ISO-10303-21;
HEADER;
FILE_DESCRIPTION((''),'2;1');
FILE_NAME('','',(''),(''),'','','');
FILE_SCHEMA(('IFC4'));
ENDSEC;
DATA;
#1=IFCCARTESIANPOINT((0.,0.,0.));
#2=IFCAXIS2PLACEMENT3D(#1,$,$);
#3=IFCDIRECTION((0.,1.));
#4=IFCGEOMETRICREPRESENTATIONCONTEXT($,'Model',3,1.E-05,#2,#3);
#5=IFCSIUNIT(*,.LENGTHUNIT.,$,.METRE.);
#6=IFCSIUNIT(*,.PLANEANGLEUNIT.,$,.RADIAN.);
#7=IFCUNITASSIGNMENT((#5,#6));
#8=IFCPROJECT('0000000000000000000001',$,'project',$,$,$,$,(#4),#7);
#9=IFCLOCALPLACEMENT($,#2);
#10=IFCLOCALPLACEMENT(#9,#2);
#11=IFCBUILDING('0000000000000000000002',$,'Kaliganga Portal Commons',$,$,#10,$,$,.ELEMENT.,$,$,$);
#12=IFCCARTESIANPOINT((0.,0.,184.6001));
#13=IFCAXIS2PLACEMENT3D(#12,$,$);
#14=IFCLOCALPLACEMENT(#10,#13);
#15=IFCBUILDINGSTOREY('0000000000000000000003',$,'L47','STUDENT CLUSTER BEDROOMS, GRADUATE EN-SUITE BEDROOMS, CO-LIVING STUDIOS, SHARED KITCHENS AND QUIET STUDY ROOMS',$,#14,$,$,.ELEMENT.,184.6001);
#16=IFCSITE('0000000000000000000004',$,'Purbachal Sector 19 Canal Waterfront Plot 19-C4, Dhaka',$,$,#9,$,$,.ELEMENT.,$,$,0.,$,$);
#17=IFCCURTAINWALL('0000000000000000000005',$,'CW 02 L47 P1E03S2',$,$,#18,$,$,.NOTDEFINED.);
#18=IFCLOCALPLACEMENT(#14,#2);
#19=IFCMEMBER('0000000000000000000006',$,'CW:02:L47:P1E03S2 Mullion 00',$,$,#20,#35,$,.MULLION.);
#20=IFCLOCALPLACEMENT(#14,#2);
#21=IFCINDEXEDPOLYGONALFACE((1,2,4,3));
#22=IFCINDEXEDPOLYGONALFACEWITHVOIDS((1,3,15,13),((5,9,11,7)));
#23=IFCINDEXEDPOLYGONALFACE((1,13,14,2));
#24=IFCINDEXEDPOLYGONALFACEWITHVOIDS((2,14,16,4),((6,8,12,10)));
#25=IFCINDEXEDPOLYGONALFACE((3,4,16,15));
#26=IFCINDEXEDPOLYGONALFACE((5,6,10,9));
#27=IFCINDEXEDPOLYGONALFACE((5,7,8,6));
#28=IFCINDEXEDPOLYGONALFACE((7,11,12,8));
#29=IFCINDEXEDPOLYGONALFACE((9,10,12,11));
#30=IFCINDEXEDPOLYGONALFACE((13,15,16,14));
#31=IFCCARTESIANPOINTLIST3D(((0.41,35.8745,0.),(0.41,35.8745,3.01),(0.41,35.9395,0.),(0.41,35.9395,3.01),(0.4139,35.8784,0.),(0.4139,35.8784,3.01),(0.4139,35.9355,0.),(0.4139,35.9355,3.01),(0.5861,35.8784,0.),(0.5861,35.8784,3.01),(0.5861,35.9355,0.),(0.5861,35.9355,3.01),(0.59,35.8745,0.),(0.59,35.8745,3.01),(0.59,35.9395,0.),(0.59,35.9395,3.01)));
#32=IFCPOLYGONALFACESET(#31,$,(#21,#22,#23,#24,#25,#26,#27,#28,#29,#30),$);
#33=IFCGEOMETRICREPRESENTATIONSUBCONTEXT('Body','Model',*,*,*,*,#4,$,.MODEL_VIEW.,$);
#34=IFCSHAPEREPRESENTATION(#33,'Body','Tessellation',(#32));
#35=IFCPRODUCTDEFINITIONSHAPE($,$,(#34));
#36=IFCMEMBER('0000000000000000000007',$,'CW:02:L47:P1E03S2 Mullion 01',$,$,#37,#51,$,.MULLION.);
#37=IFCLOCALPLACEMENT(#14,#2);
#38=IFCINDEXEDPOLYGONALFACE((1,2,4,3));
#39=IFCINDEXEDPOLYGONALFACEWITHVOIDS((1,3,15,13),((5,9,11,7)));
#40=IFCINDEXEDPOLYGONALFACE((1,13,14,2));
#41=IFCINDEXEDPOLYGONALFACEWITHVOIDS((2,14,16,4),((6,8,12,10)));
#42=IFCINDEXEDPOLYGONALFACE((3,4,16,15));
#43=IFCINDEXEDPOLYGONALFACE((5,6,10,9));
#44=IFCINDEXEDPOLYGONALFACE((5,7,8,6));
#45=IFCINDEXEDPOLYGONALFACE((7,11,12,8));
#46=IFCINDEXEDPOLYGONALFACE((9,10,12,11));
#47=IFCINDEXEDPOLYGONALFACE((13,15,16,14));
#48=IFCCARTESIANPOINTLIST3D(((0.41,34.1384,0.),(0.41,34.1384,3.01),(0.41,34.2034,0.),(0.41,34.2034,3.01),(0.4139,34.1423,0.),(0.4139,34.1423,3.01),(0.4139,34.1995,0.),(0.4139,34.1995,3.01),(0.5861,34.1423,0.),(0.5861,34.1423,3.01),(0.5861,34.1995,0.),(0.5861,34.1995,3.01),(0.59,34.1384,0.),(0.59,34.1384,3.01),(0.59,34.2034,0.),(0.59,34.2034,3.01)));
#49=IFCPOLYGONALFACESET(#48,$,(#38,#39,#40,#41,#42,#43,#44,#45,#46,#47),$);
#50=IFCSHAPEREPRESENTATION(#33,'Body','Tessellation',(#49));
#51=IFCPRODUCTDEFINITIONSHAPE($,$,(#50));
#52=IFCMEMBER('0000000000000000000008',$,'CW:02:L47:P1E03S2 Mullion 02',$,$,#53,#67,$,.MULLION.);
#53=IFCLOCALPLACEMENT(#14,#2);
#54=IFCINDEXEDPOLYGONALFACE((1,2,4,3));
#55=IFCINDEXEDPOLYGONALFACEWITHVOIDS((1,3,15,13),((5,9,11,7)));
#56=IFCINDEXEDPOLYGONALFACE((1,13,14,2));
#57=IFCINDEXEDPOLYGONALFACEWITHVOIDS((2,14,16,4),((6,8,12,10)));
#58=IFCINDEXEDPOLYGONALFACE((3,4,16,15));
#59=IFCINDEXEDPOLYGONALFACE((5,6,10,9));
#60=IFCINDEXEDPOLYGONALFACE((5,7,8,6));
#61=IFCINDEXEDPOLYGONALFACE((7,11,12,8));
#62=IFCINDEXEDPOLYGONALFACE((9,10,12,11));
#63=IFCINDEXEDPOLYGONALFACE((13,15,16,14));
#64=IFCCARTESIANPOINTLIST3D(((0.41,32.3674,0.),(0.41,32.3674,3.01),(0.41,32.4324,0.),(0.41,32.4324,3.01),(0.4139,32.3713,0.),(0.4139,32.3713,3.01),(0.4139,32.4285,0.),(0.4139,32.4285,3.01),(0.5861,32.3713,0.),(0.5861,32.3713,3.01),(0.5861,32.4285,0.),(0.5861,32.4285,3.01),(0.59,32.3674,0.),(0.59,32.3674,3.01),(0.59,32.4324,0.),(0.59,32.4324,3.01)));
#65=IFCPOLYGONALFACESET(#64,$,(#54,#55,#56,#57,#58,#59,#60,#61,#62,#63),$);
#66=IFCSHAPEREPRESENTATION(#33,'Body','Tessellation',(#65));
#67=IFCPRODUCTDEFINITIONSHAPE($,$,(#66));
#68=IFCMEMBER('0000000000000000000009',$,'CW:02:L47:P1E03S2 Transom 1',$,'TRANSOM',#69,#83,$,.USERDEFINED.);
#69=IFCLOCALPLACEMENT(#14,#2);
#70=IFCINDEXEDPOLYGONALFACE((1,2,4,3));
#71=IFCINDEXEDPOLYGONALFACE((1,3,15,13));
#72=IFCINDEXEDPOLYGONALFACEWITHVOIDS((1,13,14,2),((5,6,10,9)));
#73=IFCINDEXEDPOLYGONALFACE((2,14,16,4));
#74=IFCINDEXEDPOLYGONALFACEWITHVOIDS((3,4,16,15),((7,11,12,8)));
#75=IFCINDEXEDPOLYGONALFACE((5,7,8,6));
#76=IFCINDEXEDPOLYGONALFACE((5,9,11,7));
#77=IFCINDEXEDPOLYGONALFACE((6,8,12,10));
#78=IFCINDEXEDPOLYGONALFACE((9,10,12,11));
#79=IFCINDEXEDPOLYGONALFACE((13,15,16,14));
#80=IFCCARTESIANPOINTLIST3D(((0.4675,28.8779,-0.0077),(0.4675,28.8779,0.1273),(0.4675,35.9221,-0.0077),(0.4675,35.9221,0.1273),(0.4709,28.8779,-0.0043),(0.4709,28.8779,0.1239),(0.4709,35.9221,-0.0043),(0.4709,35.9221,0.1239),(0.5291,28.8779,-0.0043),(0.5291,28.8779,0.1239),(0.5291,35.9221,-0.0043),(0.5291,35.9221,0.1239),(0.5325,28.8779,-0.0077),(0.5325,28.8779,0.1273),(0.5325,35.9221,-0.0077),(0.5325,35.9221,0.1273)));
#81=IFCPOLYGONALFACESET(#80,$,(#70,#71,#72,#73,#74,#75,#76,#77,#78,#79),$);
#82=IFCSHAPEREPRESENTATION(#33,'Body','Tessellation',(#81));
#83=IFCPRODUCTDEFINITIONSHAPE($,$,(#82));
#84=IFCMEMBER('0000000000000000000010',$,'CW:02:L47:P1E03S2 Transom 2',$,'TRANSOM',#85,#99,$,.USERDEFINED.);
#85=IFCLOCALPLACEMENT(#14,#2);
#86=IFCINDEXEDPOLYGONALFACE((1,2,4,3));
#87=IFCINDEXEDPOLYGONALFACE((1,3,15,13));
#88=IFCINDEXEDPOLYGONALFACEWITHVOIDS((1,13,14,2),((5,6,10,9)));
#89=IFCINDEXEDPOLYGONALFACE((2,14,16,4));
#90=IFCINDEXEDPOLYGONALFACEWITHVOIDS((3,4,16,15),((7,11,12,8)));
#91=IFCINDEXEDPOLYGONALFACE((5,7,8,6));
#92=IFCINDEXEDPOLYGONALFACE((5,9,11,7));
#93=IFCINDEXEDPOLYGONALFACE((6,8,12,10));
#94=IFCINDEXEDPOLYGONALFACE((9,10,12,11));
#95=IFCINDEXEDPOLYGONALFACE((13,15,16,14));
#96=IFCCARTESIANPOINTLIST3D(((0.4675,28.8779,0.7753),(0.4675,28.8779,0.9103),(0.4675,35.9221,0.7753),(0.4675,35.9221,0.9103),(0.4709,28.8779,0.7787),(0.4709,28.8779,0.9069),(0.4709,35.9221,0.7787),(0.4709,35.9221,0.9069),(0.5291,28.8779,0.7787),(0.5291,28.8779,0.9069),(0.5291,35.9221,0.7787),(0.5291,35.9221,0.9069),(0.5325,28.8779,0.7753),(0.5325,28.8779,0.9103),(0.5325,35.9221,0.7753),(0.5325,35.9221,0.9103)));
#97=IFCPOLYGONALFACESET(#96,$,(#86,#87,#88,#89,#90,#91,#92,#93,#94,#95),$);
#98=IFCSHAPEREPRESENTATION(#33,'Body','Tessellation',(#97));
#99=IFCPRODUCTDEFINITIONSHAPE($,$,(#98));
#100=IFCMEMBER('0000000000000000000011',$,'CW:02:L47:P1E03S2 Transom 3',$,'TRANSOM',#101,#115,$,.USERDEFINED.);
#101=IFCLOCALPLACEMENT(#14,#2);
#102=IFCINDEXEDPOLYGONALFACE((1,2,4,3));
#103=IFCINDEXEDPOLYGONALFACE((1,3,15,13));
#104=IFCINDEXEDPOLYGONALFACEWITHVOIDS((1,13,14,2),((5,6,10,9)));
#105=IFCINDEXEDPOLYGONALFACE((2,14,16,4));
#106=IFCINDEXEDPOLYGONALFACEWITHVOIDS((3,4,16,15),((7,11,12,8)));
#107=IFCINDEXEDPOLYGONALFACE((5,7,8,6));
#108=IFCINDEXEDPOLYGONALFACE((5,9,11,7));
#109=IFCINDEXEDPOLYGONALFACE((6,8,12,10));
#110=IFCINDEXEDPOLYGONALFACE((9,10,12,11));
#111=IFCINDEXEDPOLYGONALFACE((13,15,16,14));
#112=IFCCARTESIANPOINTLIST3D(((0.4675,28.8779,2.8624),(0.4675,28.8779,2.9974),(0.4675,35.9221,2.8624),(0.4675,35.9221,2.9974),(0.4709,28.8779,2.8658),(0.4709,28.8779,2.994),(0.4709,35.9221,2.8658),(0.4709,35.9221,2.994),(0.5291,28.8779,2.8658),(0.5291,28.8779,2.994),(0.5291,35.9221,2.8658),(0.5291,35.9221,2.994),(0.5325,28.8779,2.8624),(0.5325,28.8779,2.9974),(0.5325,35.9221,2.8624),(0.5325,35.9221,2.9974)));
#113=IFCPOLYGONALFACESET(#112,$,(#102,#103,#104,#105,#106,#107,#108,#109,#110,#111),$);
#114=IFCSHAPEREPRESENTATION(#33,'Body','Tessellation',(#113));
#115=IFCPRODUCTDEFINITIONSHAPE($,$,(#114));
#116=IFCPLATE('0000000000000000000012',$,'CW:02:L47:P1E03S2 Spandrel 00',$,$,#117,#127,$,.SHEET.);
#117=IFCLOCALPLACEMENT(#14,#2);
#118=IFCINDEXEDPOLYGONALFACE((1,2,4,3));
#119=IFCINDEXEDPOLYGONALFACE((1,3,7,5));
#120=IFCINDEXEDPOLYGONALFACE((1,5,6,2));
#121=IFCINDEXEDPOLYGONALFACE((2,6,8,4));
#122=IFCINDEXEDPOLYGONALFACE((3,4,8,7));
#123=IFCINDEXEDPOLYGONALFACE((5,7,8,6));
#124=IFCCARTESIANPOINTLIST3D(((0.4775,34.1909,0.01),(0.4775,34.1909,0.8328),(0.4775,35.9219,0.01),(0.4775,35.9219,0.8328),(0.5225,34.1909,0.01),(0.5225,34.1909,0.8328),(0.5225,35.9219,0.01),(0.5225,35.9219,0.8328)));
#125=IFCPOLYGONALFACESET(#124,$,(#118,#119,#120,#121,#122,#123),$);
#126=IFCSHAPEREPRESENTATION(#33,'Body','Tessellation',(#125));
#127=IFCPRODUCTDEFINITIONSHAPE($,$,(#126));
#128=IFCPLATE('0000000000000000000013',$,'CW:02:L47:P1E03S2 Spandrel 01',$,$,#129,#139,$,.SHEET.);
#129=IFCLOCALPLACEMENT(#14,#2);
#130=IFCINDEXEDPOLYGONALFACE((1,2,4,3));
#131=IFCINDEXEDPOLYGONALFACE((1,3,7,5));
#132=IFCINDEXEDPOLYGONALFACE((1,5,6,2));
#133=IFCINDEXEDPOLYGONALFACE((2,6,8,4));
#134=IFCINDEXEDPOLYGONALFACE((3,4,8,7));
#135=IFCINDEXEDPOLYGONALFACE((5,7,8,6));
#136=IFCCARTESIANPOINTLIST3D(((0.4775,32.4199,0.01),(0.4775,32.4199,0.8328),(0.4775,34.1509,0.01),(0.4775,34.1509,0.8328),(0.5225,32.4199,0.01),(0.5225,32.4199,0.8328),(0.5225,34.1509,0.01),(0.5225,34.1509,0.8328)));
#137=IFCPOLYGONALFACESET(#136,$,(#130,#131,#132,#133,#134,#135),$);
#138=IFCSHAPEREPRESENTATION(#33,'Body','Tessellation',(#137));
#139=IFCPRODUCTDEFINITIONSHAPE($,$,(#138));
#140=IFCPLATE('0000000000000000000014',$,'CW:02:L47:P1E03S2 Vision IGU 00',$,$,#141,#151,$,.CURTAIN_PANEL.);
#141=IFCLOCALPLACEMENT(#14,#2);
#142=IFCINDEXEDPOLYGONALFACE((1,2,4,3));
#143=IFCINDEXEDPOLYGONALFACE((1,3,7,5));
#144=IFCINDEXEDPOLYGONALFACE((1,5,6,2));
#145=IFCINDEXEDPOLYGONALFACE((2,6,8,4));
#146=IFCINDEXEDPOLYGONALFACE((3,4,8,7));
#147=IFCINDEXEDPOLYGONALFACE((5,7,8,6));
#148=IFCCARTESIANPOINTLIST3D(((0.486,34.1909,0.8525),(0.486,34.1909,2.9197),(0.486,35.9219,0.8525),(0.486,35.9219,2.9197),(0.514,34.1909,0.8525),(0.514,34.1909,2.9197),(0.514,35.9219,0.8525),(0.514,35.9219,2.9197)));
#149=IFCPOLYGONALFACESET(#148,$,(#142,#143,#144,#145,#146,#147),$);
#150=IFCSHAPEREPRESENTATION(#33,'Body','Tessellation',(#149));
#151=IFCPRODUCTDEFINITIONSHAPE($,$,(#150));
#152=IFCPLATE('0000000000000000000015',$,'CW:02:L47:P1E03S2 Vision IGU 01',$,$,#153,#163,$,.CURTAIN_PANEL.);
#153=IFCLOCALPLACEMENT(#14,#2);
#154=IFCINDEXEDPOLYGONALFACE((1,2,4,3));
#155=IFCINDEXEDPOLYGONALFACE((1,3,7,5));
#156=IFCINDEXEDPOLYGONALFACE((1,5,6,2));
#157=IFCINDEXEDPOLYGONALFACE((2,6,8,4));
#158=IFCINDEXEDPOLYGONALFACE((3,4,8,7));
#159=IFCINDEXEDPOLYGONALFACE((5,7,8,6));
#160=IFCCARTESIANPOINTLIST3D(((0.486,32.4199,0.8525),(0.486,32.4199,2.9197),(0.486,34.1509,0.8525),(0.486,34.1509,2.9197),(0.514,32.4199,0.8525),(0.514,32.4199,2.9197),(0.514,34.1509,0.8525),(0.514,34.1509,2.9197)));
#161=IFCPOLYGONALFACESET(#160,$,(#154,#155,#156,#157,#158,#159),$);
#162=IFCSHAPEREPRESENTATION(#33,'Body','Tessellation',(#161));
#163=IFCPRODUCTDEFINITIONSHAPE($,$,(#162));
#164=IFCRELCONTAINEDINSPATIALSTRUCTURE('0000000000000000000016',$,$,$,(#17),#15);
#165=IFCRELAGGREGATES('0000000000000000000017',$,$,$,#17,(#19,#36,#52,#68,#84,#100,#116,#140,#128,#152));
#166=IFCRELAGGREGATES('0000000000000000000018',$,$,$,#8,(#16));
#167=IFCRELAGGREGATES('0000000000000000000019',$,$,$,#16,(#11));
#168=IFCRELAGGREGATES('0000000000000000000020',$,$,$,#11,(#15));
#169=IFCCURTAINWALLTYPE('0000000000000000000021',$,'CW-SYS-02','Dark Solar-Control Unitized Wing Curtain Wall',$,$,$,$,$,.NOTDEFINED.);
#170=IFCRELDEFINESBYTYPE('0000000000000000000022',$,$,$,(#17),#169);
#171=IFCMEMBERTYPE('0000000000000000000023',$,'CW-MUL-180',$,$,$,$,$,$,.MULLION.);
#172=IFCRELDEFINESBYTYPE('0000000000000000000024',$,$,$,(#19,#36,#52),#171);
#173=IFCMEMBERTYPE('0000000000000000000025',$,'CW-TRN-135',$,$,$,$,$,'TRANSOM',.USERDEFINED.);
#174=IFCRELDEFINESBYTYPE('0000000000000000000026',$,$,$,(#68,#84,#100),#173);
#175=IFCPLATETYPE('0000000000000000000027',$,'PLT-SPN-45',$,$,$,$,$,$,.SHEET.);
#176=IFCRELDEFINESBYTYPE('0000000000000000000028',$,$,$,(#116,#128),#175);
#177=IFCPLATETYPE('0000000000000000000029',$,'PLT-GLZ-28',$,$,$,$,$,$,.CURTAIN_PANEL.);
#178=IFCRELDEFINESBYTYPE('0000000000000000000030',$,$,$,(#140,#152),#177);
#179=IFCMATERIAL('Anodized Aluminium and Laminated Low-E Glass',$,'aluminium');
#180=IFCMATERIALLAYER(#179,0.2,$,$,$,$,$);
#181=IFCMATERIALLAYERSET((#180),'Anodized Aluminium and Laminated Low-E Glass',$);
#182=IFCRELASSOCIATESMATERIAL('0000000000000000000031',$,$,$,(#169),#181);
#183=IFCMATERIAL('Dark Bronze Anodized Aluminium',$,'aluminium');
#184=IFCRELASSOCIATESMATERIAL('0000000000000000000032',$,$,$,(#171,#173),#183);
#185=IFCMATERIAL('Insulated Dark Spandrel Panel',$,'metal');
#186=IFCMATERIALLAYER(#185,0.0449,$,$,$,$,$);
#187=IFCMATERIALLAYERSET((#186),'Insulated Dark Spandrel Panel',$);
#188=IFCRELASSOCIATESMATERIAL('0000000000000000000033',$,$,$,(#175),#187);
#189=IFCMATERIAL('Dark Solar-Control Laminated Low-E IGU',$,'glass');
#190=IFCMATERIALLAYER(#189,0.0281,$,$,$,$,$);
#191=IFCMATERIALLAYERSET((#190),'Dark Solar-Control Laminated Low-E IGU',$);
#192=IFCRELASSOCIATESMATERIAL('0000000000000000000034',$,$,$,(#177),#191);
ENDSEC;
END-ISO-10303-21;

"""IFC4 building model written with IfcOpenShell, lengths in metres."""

from ifc_helpers import new_model, si_unit, direction, frame, origin, origin_2d, place, context, subcontext, project, spatial, rectangle, hollow_rectangle, extrude, source, transform, mapped, material, layer, layer_set, material_profile, profile_set, type_object, element, aggregate, save


model = new_model("IFC4")

# Units and contexts
model_context = context("Model", 3, precision=1e-05, world=origin(), true_north=direction((0.0, 1.0)))
body_context = subcontext(model_context, "Body", "Model", "MODEL_VIEW")
ifc_project = project(units=[si_unit("LENGTHUNIT", "METRE"), si_unit("PLANEANGLEUNIT", "RADIAN")], contexts=[model_context])

# Site, building, storey
site_placement = place(None, origin())
site = spatial("IfcSite", under=ifc_project, at=site_placement, Name="Purbachal Sector 19 Canal Waterfront Plot 19-C4, Dhaka", CompositionType="ELEMENT", RefElevation=0.0)
building_placement = place(site_placement, origin())
building = spatial("IfcBuilding", under=site, at=building_placement, Name="Kaliganga Portal Commons", CompositionType="ELEMENT")
storey_placement = place(building_placement, frame((0.0, 0.0, 184.6001)))
storey = spatial("IfcBuildingStorey", under=building, at=storey_placement, Name="L47", Description="STUDENT CLUSTER BEDROOMS, GRADUATE EN-SUITE BEDROOMS, CO-LIVING STUDIOS, SHARED KITCHENS AND QUIET STUDY ROOMS", CompositionType="ELEMENT", Elevation=184.6001)

# Shared definitions
ifc_material_1 = material(Name="Anodized Aluminium and Laminated Low-E Glass", Category="aluminium")
ifc_layer_1 = layer(ifc_material_1, 0.2)
ifc_layer_set_1 = layer_set([ifc_layer_1], Name="Anodized Aluminium and Laminated Low-E Glass")
curtain_wall_type = type_object("IfcCurtainWallType", Name="CW-SYS-02", Description="Dark Solar-Control Unitized Wing Curtain Wall", PredefinedType="NOTDEFINED", material=ifc_layer_set_1)
ifc_material_2 = material(Name="Dark Bronze Anodized Aluminium", Category="aluminium")
ifc_material_profile_1 = material_profile(ifc_material_2, hollow_rectangle(XDim=0.0649, YDim=0.1799, WallThickness=0.0039, at=origin_2d()), Name="ALU MULL 65x180x4")
ifc_profile_set_1 = profile_set([ifc_material_profile_1], Name="Dark Bronze Anodized Aluminium")
member_type_1 = type_object("IfcMemberType", Name="CW-MUL-180", PredefinedType="MULLION", material=ifc_profile_set_1)

# Curtain wall, members, plates
curtain_wall_1_placement = place(storey_placement, origin())
curtain_wall_1 = element("IfcCurtainWall", 1, at=curtain_wall_1_placement, inside=storey, type_object=curtain_wall_type, Name="CW 02 L47 P1E03S2", PredefinedType="NOTDEFINED")
shared_shape_1 = source(origin(), body_context, "Body", "SweptSolid", [
    extrude(hollow_rectangle(XDim=0.0649, YDim=0.1799, WallThickness=0.0039, at=origin_2d()), origin(), (0.0, 0.0, 1.0), 3.01),
])
member_1_placement = place(storey_placement, frame((0.5, 35.907, 0.0), z_axis=(0.0, 0.0, 1.0), x_axis=(0.0, -1.0, 0.0)))
member_1 = element("IfcMember", 2, at=member_1_placement, type_object=member_type_1, Name="CW:02:L47:P1E03S2 Mullion 00", PredefinedType="MULLION", context=body_context, shape_type="MappedRepresentation", body=[
    mapped(shared_shape_1, transform((0.0, 0.0, 0.0), x_axis=(1.0, 0.0, 0.0), y_axis=(0.0, 1.0, 0.0), z_axis=(0.0, 0.0, 1.0), scale=1.0)),
])
member_2_placement = place(storey_placement, frame((0.5, 34.1709, 0.0), z_axis=(0.0, 0.0, 1.0), x_axis=(0.0, -1.0, 0.0)))
member_2 = element("IfcMember", 3, at=member_2_placement, type_object=member_type_1, Name="CW:02:L47:P1E03S2 Mullion 01", PredefinedType="MULLION", context=body_context, shape_type="MappedRepresentation", body=[
    mapped(shared_shape_1, transform((0.0, 0.0, 0.0), x_axis=(1.0, 0.0, 0.0), y_axis=(0.0, 1.0, 0.0), z_axis=(0.0, 0.0, 1.0), scale=1.0)),
])
member_3_placement = place(storey_placement, frame((0.5, 32.3999, 0.0), z_axis=(0.0, 0.0, 1.0), x_axis=(0.0, -1.0, 0.0)))
member_3 = element("IfcMember", 4, at=member_3_placement, type_object=member_type_1, Name="CW:02:L47:P1E03S2 Mullion 02", PredefinedType="MULLION", context=body_context, shape_type="MappedRepresentation", body=[
    mapped(shared_shape_1, transform((0.0, 0.0, 0.0), x_axis=(1.0, 0.0, 0.0), y_axis=(0.0, 1.0, 0.0), z_axis=(0.0, 0.0, 1.0), scale=1.0)),
])
ifc_material_profile_2 = material_profile(ifc_material_2, hollow_rectangle(XDim=0.0649, YDim=0.135, WallThickness=0.0034, at=origin_2d()), Name="ALU TRAN 65x135x3.5")
ifc_profile_set_2 = profile_set([ifc_material_profile_2], Name="Dark Bronze Anodized Aluminium")
member_type_2 = type_object("IfcMemberType", Name="CW-TRN-135", ElementType="TRANSOM", PredefinedType="USERDEFINED", material=ifc_profile_set_2)
shared_shape_2 = source(origin(), body_context, "Body", "SweptSolid", [
    extrude(hollow_rectangle(XDim=0.0649, YDim=0.135, WallThickness=0.0034, at=origin_2d()), origin(), (0.0, 0.0, 1.0), 7.0442),
])
member_4_placement = place(storey_placement, frame((0.5, 35.9221, 0.0598), z_axis=(0.0, -1.0, 0.0), x_axis=(1.0, 0.0, 0.0)))
member_4 = element("IfcMember", 5, at=member_4_placement, type_object=member_type_2, Name="CW:02:L47:P1E03S2 Transom 1", ObjectType="TRANSOM", PredefinedType="USERDEFINED", context=body_context, shape_type="MappedRepresentation", body=[
    mapped(shared_shape_2, transform((0.0, 0.0, 0.0), x_axis=(1.0, 0.0, 0.0), y_axis=(0.0, 1.0, 0.0), z_axis=(0.0, 0.0, 1.0), scale=1.0)),
])
member_5_placement = place(storey_placement, frame((0.5, 35.9221, 0.8428), z_axis=(0.0, -1.0, 0.0), x_axis=(1.0, 0.0, 0.0)))
member_5 = element("IfcMember", 6, at=member_5_placement, type_object=member_type_2, Name="CW:02:L47:P1E03S2 Transom 2", ObjectType="TRANSOM", PredefinedType="USERDEFINED", context=body_context, shape_type="MappedRepresentation", body=[
    mapped(shared_shape_2, transform((0.0, 0.0, 0.0), x_axis=(1.0, 0.0, 0.0), y_axis=(0.0, 1.0, 0.0), z_axis=(0.0, 0.0, 1.0), scale=1.0)),
])
member_6_placement = place(storey_placement, frame((0.5, 35.9221, 2.9299), z_axis=(0.0, -1.0, 0.0), x_axis=(1.0, 0.0, 0.0)))
member_6 = element("IfcMember", 7, at=member_6_placement, type_object=member_type_2, Name="CW:02:L47:P1E03S2 Transom 3", ObjectType="TRANSOM", PredefinedType="USERDEFINED", context=body_context, shape_type="MappedRepresentation", body=[
    mapped(shared_shape_2, transform((0.0, 0.0, 0.0), x_axis=(1.0, 0.0, 0.0), y_axis=(0.0, 1.0, 0.0), z_axis=(0.0, 0.0, 1.0), scale=1.0)),
])
ifc_material_3 = material(Name="Insulated Dark Spandrel Panel", Category="metal")
ifc_layer_2 = layer(ifc_material_3, 0.0449)
ifc_layer_set_2 = layer_set([ifc_layer_2], Name="Insulated Dark Spandrel Panel")
plate_type_1 = type_object("IfcPlateType", Name="PLT-SPN-45", PredefinedType="SHEET", material=ifc_layer_set_2)
shared_shape_3 = source(origin(), body_context, "Body", "SweptSolid", [
    extrude(rectangle(XDim=1.731, YDim=0.0449, at=origin_2d()), origin(), (0.0, 0.0, 1.0), 0.8228),
])
plate_1_placement = place(storey_placement, frame((0.5, 35.0564, 0.01), z_axis=(0.0, 0.0, 1.0), x_axis=(0.0, -1.0, 0.0)))
plate_1 = element("IfcPlate", 8, at=plate_1_placement, type_object=plate_type_1, Name="CW:02:L47:P1E03S2 Spandrel 00", PredefinedType="SHEET", context=body_context, shape_type="MappedRepresentation", body=[
    mapped(shared_shape_3, transform((0.0, 0.0, 0.0), x_axis=(1.0, 0.0, 0.0), y_axis=(0.0, 1.0, 0.0), z_axis=(0.0, 0.0, 1.0), scale=1.0)),
])
plate_2_placement = place(storey_placement, frame((0.5, 33.2854, 0.01), z_axis=(0.0, 0.0, 1.0), x_axis=(0.0, -1.0, 0.0)))
plate_2 = element("IfcPlate", 9, at=plate_2_placement, type_object=plate_type_1, Name="CW:02:L47:P1E03S2 Spandrel 01", PredefinedType="SHEET", context=body_context, shape_type="MappedRepresentation", body=[
    mapped(shared_shape_3, transform((0.0, 0.0, 0.0), x_axis=(1.0, 0.0, 0.0), y_axis=(0.0, 1.0, 0.0), z_axis=(0.0, 0.0, 1.0), scale=1.0)),
])
ifc_material_4 = material(Name="Dark Solar-Control Laminated Low-E IGU", Category="glass")
ifc_layer_3 = layer(ifc_material_4, 0.0281)
ifc_layer_set_3 = layer_set([ifc_layer_3], Name="Dark Solar-Control Laminated Low-E IGU")
plate_type_2 = type_object("IfcPlateType", Name="PLT-GLZ-28", PredefinedType="CURTAIN_PANEL", material=ifc_layer_set_3)
shared_shape_4 = source(origin(), body_context, "Body", "SweptSolid", [
    extrude(rectangle(XDim=1.731, YDim=0.0281, at=origin_2d()), origin(), (0.0, 0.0, 1.0), 2.0671),
])
plate_3_placement = place(storey_placement, frame((0.5, 35.0564, 0.8525), z_axis=(0.0, 0.0, 1.0), x_axis=(0.0, -1.0, 0.0)))
plate_3 = element("IfcPlate", 10, at=plate_3_placement, type_object=plate_type_2, Name="CW:02:L47:P1E03S2 Vision IGU 00", PredefinedType="CURTAIN_PANEL", context=body_context, shape_type="MappedRepresentation", body=[
    mapped(shared_shape_4, transform((0.0, 0.0, 0.0), x_axis=(1.0, 0.0, 0.0), y_axis=(0.0, 1.0, 0.0), z_axis=(0.0, 0.0, 1.0), scale=1.0)),
])
plate_4_placement = place(storey_placement, frame((0.5, 33.2854, 0.8525), z_axis=(0.0, 0.0, 1.0), x_axis=(0.0, -1.0, 0.0)))
plate_4 = element("IfcPlate", 11, at=plate_4_placement, type_object=plate_type_2, Name="CW:02:L47:P1E03S2 Vision IGU 01", PredefinedType="CURTAIN_PANEL", context=body_context, shape_type="MappedRepresentation", body=[
    mapped(shared_shape_4, transform((0.0, 0.0, 0.0), x_axis=(1.0, 0.0, 0.0), y_axis=(0.0, 1.0, 0.0), z_axis=(0.0, 0.0, 1.0), scale=1.0)),
])
aggregate(curtain_wall_1, [member_1, member_2, member_3, member_4, member_5, member_6, plate_1, plate_3, plate_2, plate_4])

save(model, "model.ifc")
